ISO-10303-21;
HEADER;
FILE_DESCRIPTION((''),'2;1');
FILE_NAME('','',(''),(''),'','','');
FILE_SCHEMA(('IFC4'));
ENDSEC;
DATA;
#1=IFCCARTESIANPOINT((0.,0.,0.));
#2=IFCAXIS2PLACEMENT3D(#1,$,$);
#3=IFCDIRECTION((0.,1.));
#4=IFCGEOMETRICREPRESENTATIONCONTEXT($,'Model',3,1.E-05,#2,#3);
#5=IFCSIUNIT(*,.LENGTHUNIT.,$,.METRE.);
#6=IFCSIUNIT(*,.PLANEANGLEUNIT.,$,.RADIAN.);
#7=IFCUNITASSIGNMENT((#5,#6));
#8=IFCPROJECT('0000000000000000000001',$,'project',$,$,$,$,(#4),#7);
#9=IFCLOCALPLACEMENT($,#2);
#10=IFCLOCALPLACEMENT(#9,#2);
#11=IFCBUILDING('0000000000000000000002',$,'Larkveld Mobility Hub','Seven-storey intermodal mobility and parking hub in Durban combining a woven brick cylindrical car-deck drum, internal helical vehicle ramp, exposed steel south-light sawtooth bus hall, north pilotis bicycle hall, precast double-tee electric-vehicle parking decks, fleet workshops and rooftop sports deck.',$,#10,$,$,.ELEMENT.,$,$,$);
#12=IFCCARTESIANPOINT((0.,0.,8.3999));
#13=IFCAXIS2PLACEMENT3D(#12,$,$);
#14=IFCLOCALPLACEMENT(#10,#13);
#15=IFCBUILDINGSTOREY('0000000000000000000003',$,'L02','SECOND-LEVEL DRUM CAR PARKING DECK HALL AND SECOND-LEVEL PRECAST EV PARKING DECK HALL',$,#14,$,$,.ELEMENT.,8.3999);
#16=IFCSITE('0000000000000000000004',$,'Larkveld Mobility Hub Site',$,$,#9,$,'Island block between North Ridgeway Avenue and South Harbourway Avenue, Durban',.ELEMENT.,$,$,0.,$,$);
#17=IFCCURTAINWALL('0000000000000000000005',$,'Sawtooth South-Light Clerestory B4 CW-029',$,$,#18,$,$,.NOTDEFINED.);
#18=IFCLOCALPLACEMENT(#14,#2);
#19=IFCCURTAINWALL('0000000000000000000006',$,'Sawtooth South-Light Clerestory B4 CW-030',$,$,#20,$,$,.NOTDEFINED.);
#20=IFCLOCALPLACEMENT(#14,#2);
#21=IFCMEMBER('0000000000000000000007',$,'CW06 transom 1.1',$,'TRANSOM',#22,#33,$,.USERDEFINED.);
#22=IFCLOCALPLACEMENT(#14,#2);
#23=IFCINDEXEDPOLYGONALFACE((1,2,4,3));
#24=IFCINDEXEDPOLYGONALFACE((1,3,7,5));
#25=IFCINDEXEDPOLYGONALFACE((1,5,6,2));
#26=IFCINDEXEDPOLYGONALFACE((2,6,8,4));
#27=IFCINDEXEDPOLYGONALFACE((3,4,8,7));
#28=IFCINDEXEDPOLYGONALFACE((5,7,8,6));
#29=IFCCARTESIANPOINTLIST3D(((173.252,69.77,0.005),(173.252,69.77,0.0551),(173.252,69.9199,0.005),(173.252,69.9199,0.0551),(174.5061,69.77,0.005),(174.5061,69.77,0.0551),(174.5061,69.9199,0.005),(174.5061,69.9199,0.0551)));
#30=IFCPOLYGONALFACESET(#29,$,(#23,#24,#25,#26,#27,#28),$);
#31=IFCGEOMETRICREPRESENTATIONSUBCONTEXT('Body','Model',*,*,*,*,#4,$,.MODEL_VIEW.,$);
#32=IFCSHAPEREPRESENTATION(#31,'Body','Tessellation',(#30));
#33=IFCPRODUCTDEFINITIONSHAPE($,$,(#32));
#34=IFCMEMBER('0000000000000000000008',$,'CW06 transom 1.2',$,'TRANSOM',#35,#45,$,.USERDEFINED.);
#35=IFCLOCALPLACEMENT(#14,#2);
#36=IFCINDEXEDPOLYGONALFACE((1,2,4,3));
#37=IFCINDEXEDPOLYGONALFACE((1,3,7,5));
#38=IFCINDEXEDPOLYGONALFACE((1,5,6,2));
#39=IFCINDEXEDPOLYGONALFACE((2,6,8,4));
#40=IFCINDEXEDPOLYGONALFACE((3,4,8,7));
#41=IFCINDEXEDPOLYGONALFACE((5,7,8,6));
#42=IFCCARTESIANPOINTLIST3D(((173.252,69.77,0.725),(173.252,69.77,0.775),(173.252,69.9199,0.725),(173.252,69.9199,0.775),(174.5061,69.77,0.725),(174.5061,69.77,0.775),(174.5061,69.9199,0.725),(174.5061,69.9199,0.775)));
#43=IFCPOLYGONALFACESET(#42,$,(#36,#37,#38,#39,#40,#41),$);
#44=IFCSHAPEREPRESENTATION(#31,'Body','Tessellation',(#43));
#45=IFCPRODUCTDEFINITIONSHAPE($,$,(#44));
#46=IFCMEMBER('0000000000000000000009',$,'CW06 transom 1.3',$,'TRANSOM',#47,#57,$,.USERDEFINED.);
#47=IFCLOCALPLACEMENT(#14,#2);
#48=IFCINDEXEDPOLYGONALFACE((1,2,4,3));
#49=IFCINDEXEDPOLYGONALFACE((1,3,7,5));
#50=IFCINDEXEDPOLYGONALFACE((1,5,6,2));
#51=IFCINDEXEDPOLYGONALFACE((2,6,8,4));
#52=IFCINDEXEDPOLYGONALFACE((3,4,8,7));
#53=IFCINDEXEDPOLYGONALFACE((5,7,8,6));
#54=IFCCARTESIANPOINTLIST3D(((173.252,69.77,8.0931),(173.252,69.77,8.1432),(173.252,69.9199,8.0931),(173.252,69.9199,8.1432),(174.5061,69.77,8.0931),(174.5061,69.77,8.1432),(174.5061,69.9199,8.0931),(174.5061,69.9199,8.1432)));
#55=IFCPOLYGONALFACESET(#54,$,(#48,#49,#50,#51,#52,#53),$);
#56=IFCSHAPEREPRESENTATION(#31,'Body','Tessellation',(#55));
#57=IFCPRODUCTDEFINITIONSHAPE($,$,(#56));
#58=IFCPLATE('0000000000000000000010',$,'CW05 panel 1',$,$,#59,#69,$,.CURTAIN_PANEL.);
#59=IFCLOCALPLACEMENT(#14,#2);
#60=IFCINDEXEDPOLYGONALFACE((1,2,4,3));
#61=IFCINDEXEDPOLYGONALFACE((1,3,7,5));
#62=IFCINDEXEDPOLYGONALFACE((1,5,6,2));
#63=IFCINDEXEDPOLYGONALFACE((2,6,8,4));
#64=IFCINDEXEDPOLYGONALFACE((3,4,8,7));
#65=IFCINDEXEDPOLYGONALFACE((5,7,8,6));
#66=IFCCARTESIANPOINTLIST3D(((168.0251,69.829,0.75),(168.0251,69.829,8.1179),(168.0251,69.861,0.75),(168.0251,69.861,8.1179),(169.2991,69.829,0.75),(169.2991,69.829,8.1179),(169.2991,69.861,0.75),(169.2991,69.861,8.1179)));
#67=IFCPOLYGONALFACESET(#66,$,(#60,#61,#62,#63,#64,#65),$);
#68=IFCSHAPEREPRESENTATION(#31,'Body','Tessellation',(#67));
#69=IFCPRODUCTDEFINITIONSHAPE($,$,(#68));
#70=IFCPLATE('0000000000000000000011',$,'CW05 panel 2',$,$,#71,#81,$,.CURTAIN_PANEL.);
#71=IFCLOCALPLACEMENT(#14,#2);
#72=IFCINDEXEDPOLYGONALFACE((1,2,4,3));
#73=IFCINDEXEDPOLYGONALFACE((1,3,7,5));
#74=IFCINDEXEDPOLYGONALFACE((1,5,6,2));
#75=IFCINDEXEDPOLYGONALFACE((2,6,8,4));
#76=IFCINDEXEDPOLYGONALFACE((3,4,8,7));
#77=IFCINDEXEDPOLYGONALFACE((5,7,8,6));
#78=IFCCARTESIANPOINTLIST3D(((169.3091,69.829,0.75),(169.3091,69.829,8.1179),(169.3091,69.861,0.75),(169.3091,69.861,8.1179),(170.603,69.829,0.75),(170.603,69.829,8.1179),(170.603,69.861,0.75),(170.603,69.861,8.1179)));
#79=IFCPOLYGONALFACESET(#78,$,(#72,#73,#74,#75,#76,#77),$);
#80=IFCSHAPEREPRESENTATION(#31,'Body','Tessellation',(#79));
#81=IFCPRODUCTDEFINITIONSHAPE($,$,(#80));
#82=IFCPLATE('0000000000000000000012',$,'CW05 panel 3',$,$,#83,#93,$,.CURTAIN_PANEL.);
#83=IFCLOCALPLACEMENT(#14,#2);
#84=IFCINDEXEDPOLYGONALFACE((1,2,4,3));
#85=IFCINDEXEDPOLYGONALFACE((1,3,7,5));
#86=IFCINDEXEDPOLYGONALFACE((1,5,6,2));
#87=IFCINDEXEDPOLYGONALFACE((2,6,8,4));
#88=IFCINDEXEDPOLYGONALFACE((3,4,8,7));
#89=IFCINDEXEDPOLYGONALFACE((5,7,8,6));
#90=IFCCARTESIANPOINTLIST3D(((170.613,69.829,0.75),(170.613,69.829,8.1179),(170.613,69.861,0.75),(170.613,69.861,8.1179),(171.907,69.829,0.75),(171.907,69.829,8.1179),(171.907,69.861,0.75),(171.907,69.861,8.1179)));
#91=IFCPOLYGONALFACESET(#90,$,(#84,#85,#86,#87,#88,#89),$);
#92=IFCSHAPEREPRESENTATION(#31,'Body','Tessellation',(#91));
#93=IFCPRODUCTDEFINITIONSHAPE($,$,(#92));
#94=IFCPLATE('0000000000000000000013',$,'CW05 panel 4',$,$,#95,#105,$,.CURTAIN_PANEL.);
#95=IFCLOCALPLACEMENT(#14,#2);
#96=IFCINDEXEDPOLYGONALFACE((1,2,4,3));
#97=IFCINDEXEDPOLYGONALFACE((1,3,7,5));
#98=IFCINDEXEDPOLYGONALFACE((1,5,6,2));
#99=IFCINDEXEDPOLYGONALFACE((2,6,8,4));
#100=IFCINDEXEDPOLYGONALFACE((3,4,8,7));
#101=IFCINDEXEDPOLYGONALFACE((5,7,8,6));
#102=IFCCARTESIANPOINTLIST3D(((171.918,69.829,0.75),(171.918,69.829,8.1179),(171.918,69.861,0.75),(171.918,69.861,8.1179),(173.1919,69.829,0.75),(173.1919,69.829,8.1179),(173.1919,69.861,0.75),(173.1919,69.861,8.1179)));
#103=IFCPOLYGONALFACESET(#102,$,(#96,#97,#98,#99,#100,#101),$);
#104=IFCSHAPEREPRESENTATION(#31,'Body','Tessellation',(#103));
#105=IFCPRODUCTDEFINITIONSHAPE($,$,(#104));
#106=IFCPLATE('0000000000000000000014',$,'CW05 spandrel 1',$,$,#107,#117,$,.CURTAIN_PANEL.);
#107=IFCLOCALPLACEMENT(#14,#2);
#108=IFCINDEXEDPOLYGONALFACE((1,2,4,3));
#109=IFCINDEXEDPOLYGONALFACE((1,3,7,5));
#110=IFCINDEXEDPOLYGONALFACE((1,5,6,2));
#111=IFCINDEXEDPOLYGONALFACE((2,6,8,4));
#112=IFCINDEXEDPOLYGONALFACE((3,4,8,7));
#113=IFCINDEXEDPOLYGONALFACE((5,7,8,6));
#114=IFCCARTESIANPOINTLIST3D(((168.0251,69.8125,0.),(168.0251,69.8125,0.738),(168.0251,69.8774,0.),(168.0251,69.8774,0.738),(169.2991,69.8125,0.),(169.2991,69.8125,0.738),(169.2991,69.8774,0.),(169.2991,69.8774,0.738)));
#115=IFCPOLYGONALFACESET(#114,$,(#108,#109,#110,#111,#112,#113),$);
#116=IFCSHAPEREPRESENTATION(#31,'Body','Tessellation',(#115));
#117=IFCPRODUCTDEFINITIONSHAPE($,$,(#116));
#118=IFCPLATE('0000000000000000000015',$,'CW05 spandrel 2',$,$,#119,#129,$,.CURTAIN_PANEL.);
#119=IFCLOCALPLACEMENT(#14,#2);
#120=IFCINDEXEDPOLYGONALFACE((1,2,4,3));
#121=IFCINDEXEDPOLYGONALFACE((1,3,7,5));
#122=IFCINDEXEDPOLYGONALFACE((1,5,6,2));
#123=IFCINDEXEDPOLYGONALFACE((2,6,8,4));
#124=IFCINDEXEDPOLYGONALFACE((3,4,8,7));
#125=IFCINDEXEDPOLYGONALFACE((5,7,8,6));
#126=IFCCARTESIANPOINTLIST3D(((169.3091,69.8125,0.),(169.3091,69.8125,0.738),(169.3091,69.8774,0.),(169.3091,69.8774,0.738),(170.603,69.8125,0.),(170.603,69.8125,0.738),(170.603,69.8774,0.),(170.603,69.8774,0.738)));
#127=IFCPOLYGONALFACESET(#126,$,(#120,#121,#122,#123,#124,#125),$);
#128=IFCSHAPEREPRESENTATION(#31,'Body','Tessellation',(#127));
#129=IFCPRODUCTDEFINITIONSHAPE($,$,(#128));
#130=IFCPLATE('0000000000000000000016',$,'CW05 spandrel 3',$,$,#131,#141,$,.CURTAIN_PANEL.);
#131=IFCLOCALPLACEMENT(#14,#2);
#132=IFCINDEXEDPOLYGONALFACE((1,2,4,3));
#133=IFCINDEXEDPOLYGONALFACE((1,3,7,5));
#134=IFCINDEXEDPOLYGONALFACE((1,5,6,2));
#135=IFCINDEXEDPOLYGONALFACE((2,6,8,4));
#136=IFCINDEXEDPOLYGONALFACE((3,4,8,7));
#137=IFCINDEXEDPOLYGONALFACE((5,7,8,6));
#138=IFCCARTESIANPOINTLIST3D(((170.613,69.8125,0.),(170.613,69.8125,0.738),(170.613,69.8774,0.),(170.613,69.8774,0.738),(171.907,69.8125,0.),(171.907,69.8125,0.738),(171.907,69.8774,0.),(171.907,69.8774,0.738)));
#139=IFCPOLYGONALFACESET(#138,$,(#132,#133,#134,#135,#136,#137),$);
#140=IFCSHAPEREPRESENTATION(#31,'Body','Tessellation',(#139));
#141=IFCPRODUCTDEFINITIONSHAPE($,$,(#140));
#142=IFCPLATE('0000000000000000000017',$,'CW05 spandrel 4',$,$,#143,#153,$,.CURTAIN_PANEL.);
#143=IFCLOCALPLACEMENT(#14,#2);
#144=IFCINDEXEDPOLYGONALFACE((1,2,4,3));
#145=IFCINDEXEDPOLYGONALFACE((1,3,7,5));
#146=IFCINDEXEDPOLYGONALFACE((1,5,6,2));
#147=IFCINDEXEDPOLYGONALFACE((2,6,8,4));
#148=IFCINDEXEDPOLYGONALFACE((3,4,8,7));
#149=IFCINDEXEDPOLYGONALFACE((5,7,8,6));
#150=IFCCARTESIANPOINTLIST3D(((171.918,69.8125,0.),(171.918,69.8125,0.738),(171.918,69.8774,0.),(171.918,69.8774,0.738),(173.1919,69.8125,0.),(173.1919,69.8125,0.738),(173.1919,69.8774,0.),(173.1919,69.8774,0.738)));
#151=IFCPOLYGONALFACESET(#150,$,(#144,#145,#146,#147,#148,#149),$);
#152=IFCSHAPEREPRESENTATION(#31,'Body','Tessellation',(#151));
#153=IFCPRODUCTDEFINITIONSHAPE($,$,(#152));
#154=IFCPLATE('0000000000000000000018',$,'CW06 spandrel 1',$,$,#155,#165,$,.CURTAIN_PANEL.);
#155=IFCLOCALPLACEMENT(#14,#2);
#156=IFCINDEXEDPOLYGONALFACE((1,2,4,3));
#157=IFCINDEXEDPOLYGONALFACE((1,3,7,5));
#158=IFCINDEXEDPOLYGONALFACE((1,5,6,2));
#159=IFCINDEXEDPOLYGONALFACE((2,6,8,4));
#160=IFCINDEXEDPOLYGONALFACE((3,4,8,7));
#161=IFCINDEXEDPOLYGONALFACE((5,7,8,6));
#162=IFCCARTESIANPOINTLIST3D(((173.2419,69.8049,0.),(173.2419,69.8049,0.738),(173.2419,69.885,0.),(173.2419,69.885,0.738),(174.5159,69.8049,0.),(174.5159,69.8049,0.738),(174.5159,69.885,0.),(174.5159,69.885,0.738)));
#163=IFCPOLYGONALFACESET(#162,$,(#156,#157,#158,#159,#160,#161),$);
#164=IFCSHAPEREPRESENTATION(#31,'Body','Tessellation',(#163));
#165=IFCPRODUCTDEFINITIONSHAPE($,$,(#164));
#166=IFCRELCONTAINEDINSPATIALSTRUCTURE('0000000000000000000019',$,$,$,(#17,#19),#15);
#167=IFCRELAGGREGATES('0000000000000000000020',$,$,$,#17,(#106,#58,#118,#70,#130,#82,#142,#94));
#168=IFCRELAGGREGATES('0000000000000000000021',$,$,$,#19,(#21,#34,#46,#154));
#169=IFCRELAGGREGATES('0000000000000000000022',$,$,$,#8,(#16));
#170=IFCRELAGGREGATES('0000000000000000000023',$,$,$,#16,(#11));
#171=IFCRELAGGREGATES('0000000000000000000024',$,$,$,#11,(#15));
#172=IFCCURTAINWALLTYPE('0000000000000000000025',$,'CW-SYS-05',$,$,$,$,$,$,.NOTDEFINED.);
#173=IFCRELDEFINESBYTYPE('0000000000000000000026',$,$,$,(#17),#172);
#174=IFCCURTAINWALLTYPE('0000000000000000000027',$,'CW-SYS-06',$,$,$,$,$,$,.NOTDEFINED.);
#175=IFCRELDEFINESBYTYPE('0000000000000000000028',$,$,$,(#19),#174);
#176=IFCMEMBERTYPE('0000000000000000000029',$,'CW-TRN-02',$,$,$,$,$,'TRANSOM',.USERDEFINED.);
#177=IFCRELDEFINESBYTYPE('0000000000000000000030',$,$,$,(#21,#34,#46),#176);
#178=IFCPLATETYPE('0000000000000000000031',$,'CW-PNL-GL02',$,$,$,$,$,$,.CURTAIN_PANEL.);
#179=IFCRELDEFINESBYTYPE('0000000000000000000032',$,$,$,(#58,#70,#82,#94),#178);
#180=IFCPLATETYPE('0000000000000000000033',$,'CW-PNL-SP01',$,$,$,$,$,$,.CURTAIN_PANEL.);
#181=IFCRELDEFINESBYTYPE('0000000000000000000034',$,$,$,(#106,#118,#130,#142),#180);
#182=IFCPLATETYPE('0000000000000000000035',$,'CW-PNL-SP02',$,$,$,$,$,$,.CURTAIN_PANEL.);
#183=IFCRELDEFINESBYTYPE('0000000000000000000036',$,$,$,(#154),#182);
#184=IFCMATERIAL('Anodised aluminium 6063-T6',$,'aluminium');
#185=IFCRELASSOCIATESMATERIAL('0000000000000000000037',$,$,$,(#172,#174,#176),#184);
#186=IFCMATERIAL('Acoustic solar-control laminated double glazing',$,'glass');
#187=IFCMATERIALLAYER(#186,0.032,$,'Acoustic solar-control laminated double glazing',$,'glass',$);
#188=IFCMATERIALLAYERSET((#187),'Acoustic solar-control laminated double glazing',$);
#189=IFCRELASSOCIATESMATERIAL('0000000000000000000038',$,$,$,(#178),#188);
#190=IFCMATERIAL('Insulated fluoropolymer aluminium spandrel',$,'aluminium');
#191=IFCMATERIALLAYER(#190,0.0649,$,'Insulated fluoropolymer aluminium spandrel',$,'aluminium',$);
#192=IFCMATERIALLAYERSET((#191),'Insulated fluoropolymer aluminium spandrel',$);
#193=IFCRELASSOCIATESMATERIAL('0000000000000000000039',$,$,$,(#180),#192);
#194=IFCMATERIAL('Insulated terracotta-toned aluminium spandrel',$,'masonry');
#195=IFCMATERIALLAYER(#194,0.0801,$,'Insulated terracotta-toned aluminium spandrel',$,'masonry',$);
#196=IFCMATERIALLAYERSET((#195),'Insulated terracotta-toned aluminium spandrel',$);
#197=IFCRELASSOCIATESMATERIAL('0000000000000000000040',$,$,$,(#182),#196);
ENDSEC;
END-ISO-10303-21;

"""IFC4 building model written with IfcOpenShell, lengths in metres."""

from ifc_helpers import new_model, si_unit, direction, frame, origin, origin_2d, place, context, subcontext, project, spatial, rectangle, extrude, material, layer, layer_set, material_profile, profile_set, type_object, element, aggregate, save


model = new_model("IFC4")

# Units and contexts
model_context = context("Model", 3, precision=1e-05, world=origin(), true_north=direction((0.0, 1.0)))
body_context = subcontext(model_context, "Body", "Model", "MODEL_VIEW")
ifc_project = project(units=[si_unit("LENGTHUNIT", "METRE"), si_unit("PLANEANGLEUNIT", "RADIAN")], contexts=[model_context])

# Site, building, storey
site_placement = place(None, origin())
site = spatial("IfcSite", under=ifc_project, at=site_placement, Name="Larkveld Mobility Hub Site", LongName="Island block between North Ridgeway Avenue and South Harbourway Avenue, Durban", CompositionType="ELEMENT", RefElevation=0.0)
building_placement = place(site_placement, origin())
building = spatial("IfcBuilding", under=site, at=building_placement, Name="Larkveld Mobility Hub", Description="Seven-storey intermodal mobility and parking hub in Durban combining a woven brick cylindrical car-deck drum, internal helical vehicle ramp, exposed steel south-light sawtooth bus hall, north pilotis bicycle hall, precast double-tee electric-vehicle parking decks, fleet workshops and rooftop sports deck.", CompositionType="ELEMENT")
storey_placement = place(building_placement, frame((0.0, 0.0, 8.3999)))
storey = spatial("IfcBuildingStorey", under=building, at=storey_placement, Name="L02", Description="SECOND-LEVEL DRUM CAR PARKING DECK HALL AND SECOND-LEVEL PRECAST EV PARKING DECK HALL", CompositionType="ELEMENT", Elevation=8.3999)

# Curtain wall
ifc_material_1 = material(Name="Anodised aluminium 6063-T6", Category="aluminium")
curtain_wall_type_1 = type_object("IfcCurtainWallType", Name="CW-SYS-05", PredefinedType="NOTDEFINED", material=ifc_material_1)
curtain_wall_1_placement = place(storey_placement, origin())
curtain_wall_1 = element("IfcCurtainWall", 1, at=curtain_wall_1_placement, inside=storey, type_object=curtain_wall_type_1, Name="Sawtooth South-Light Clerestory B4 CW-029", PredefinedType="NOTDEFINED")

# Curtain wall
curtain_wall_type_2 = type_object("IfcCurtainWallType", Name="CW-SYS-06", PredefinedType="NOTDEFINED", material=ifc_material_1)
curtain_wall_2_placement = place(storey_placement, origin())
curtain_wall_2 = element("IfcCurtainWall", 2, at=curtain_wall_2_placement, inside=storey, type_object=curtain_wall_type_2, Name="Sawtooth South-Light Clerestory B4 CW-030", PredefinedType="NOTDEFINED")

# Members
ifc_material_profile_1 = material_profile(ifc_material_1, rectangle(XDim=0.1499, YDim=0.05, at=origin_2d()), Name="ALU TRAN 50x150")
ifc_profile_set_1 = profile_set([ifc_material_profile_1], Name="Anodised aluminium 6063-T6")
member_type_1 = type_object("IfcMemberType", Name="CW-TRN-02", ElementType="TRANSOM", PredefinedType="USERDEFINED", material=ifc_profile_set_1)
member_1_placement = place(storey_placement, frame((173.252, 69.845, 0.03), z_axis=(1.0, 0.0, 0.0), x_axis=(0.0, 1.0, 0.0)))
member_1 = element("IfcMember", 3, at=member_1_placement, type_object=member_type_1, Name="CW06 transom 1.1", ObjectType="TRANSOM", PredefinedType="USERDEFINED", context=body_context, shape_type="SweptSolid", body=[
    extrude(rectangle(XDim=0.1499, YDim=0.05, at=origin_2d()), origin(), (0.0, 0.0, 1.0), 1.2542),
])
member_2_placement = place(storey_placement, frame((173.252, 69.845, 0.75), z_axis=(1.0, 0.0, 0.0), x_axis=(0.0, 1.0, 0.0)))
member_2 = element("IfcMember", 4, at=member_2_placement, type_object=member_type_1, Name="CW06 transom 1.2", ObjectType="TRANSOM", PredefinedType="USERDEFINED", context=body_context, shape_type="SweptSolid", body=[
    extrude(rectangle(XDim=0.1499, YDim=0.05, at=origin_2d()), origin(), (0.0, 0.0, 1.0), 1.2542),
])
member_3_placement = place(storey_placement, frame((173.252, 69.845, 8.1182), z_axis=(1.0, 0.0, 0.0), x_axis=(0.0, 1.0, 0.0)))
member_3 = element("IfcMember", 5, at=member_3_placement, type_object=member_type_1, Name="CW06 transom 1.3", ObjectType="TRANSOM", PredefinedType="USERDEFINED", context=body_context, shape_type="SweptSolid", body=[
    extrude(rectangle(XDim=0.1499, YDim=0.05, at=origin_2d()), origin(), (0.0, 0.0, 1.0), 1.2542),
])

# Plates
ifc_material_2 = material(Name="Acoustic solar-control laminated double glazing", Category="glass")
ifc_layer_1 = layer(ifc_material_2, 0.032, Name="Acoustic solar-control laminated double glazing", Category="glass")
ifc_layer_set_1 = layer_set([ifc_layer_1], Name="Acoustic solar-control laminated double glazing")
plate_type_1 = type_object("IfcPlateType", Name="CW-PNL-GL02", PredefinedType="CURTAIN_PANEL", material=ifc_layer_set_1)
plate_1_placement = place(storey_placement, frame((168.6621, 69.845, 0.75), z_axis=(0.0, 0.0, 1.0), x_axis=(1.0, 0.0, 0.0)))
plate_1 = element("IfcPlate", 6, at=plate_1_placement, type_object=plate_type_1, Name="CW05 panel 1", PredefinedType="CURTAIN_PANEL", context=body_context, shape_type="SweptSolid", body=[
    extrude(rectangle(XDim=1.2739, YDim=0.032, at=origin_2d()), origin(), (0.0, 0.0, 1.0), 7.3679),
])
plate_2_placement = place(storey_placement, frame((169.9561, 69.845, 0.75), z_axis=(0.0, 0.0, 1.0), x_axis=(1.0, 0.0, 0.0)))
plate_2 = element("IfcPlate", 7, at=plate_2_placement, type_object=plate_type_1, Name="CW05 panel 2", PredefinedType="CURTAIN_PANEL", context=body_context, shape_type="SweptSolid", body=[
    extrude(rectangle(XDim=1.2939, YDim=0.032, at=origin_2d()), origin(), (0.0, 0.0, 1.0), 7.3679),
])
plate_3_placement = place(storey_placement, frame((171.26, 69.845, 0.75), z_axis=(0.0, 0.0, 1.0), x_axis=(1.0, 0.0, 0.0)))
plate_3 = element("IfcPlate", 8, at=plate_3_placement, type_object=plate_type_1, Name="CW05 panel 3", PredefinedType="CURTAIN_PANEL", context=body_context, shape_type="SweptSolid", body=[
    extrude(rectangle(XDim=1.2939, YDim=0.032, at=origin_2d()), origin(), (0.0, 0.0, 1.0), 7.3679),
])
plate_4_placement = place(storey_placement, frame((172.5549, 69.845, 0.75), z_axis=(0.0, 0.0, 1.0), x_axis=(1.0, 0.0, 0.0)))
plate_4 = element("IfcPlate", 9, at=plate_4_placement, type_object=plate_type_1, Name="CW05 panel 4", PredefinedType="CURTAIN_PANEL", context=body_context, shape_type="SweptSolid", body=[
    extrude(rectangle(XDim=1.2739, YDim=0.032, at=origin_2d()), origin(), (0.0, 0.0, 1.0), 7.3679),
])
ifc_material_3 = material(Name="Insulated fluoropolymer aluminium spandrel", Category="aluminium")
ifc_layer_2 = layer(ifc_material_3, 0.0649, Name="Insulated fluoropolymer aluminium spandrel", Category="aluminium")
ifc_layer_set_2 = layer_set([ifc_layer_2], Name="Insulated fluoropolymer aluminium spandrel")
plate_type_2 = type_object("IfcPlateType", Name="CW-PNL-SP01", PredefinedType="CURTAIN_PANEL", material=ifc_layer_set_2)
plate_5_placement = place(storey_placement, frame((168.6621, 69.845, 0.0), z_axis=(0.0, 0.0, 1.0), x_axis=(1.0, 0.0, 0.0)))
plate_5 = element("IfcPlate", 10, at=plate_5_placement, type_object=plate_type_2, Name="CW05 spandrel 1", PredefinedType="CURTAIN_PANEL", context=body_context, shape_type="SweptSolid", body=[
    extrude(rectangle(XDim=1.2739, YDim=0.0649, at=origin_2d()), origin(), (0.0, 0.0, 1.0), 0.738),
])
plate_6_placement = place(storey_placement, frame((169.9561, 69.845, 0.0), z_axis=(0.0, 0.0, 1.0), x_axis=(1.0, 0.0, 0.0)))
plate_6 = element("IfcPlate", 11, at=plate_6_placement, type_object=plate_type_2, Name="CW05 spandrel 2", PredefinedType="CURTAIN_PANEL", context=body_context, shape_type="SweptSolid", body=[
    extrude(rectangle(XDim=1.2939, YDim=0.0649, at=origin_2d()), origin(), (0.0, 0.0, 1.0), 0.738),
])
plate_7_placement = place(storey_placement, frame((171.26, 69.845, 0.0), z_axis=(0.0, 0.0, 1.0), x_axis=(1.0, 0.0, 0.0)))
plate_7 = element("IfcPlate", 12, at=plate_7_placement, type_object=plate_type_2, Name="CW05 spandrel 3", PredefinedType="CURTAIN_PANEL", context=body_context, shape_type="SweptSolid", body=[
    extrude(rectangle(XDim=1.2939, YDim=0.0649, at=origin_2d()), origin(), (0.0, 0.0, 1.0), 0.738),
])
plate_8_placement = place(storey_placement, frame((172.5549, 69.845, 0.0), z_axis=(0.0, 0.0, 1.0), x_axis=(1.0, 0.0, 0.0)))
plate_8 = element("IfcPlate", 13, at=plate_8_placement, type_object=plate_type_2, Name="CW05 spandrel 4", PredefinedType="CURTAIN_PANEL", context=body_context, shape_type="SweptSolid", body=[
    extrude(rectangle(XDim=1.2739, YDim=0.0649, at=origin_2d()), origin(), (0.0, 0.0, 1.0), 0.738),
])
aggregate(curtain_wall_1, [plate_5, plate_1, plate_6, plate_2, plate_7, plate_3, plate_8, plate_4])
ifc_material_4 = material(Name="Insulated terracotta-toned aluminium spandrel", Category="masonry")
ifc_layer_3 = layer(ifc_material_4, 0.0801, Name="Insulated terracotta-toned aluminium spandrel", Category="masonry")
ifc_layer_set_3 = layer_set([ifc_layer_3], Name="Insulated terracotta-toned aluminium spandrel")
plate_type_3 = type_object("IfcPlateType", Name="CW-PNL-SP02", PredefinedType="CURTAIN_PANEL", material=ifc_layer_set_3)
plate_9_placement = place(storey_placement, frame((173.8789, 69.845, 0.0), z_axis=(0.0, 0.0, 1.0), x_axis=(1.0, 0.0, 0.0)))
plate_9 = element("IfcPlate", 14, at=plate_9_placement, type_object=plate_type_3, Name="CW06 spandrel 1", PredefinedType="CURTAIN_PANEL", context=body_context, shape_type="SweptSolid", body=[
    extrude(rectangle(XDim=1.2739, YDim=0.0801, at=origin_2d()), origin(), (0.0, 0.0, 1.0), 0.738),
])
aggregate(curtain_wall_2, [member_1, member_2, member_3, plate_9])

save(model, "model.ifc")
